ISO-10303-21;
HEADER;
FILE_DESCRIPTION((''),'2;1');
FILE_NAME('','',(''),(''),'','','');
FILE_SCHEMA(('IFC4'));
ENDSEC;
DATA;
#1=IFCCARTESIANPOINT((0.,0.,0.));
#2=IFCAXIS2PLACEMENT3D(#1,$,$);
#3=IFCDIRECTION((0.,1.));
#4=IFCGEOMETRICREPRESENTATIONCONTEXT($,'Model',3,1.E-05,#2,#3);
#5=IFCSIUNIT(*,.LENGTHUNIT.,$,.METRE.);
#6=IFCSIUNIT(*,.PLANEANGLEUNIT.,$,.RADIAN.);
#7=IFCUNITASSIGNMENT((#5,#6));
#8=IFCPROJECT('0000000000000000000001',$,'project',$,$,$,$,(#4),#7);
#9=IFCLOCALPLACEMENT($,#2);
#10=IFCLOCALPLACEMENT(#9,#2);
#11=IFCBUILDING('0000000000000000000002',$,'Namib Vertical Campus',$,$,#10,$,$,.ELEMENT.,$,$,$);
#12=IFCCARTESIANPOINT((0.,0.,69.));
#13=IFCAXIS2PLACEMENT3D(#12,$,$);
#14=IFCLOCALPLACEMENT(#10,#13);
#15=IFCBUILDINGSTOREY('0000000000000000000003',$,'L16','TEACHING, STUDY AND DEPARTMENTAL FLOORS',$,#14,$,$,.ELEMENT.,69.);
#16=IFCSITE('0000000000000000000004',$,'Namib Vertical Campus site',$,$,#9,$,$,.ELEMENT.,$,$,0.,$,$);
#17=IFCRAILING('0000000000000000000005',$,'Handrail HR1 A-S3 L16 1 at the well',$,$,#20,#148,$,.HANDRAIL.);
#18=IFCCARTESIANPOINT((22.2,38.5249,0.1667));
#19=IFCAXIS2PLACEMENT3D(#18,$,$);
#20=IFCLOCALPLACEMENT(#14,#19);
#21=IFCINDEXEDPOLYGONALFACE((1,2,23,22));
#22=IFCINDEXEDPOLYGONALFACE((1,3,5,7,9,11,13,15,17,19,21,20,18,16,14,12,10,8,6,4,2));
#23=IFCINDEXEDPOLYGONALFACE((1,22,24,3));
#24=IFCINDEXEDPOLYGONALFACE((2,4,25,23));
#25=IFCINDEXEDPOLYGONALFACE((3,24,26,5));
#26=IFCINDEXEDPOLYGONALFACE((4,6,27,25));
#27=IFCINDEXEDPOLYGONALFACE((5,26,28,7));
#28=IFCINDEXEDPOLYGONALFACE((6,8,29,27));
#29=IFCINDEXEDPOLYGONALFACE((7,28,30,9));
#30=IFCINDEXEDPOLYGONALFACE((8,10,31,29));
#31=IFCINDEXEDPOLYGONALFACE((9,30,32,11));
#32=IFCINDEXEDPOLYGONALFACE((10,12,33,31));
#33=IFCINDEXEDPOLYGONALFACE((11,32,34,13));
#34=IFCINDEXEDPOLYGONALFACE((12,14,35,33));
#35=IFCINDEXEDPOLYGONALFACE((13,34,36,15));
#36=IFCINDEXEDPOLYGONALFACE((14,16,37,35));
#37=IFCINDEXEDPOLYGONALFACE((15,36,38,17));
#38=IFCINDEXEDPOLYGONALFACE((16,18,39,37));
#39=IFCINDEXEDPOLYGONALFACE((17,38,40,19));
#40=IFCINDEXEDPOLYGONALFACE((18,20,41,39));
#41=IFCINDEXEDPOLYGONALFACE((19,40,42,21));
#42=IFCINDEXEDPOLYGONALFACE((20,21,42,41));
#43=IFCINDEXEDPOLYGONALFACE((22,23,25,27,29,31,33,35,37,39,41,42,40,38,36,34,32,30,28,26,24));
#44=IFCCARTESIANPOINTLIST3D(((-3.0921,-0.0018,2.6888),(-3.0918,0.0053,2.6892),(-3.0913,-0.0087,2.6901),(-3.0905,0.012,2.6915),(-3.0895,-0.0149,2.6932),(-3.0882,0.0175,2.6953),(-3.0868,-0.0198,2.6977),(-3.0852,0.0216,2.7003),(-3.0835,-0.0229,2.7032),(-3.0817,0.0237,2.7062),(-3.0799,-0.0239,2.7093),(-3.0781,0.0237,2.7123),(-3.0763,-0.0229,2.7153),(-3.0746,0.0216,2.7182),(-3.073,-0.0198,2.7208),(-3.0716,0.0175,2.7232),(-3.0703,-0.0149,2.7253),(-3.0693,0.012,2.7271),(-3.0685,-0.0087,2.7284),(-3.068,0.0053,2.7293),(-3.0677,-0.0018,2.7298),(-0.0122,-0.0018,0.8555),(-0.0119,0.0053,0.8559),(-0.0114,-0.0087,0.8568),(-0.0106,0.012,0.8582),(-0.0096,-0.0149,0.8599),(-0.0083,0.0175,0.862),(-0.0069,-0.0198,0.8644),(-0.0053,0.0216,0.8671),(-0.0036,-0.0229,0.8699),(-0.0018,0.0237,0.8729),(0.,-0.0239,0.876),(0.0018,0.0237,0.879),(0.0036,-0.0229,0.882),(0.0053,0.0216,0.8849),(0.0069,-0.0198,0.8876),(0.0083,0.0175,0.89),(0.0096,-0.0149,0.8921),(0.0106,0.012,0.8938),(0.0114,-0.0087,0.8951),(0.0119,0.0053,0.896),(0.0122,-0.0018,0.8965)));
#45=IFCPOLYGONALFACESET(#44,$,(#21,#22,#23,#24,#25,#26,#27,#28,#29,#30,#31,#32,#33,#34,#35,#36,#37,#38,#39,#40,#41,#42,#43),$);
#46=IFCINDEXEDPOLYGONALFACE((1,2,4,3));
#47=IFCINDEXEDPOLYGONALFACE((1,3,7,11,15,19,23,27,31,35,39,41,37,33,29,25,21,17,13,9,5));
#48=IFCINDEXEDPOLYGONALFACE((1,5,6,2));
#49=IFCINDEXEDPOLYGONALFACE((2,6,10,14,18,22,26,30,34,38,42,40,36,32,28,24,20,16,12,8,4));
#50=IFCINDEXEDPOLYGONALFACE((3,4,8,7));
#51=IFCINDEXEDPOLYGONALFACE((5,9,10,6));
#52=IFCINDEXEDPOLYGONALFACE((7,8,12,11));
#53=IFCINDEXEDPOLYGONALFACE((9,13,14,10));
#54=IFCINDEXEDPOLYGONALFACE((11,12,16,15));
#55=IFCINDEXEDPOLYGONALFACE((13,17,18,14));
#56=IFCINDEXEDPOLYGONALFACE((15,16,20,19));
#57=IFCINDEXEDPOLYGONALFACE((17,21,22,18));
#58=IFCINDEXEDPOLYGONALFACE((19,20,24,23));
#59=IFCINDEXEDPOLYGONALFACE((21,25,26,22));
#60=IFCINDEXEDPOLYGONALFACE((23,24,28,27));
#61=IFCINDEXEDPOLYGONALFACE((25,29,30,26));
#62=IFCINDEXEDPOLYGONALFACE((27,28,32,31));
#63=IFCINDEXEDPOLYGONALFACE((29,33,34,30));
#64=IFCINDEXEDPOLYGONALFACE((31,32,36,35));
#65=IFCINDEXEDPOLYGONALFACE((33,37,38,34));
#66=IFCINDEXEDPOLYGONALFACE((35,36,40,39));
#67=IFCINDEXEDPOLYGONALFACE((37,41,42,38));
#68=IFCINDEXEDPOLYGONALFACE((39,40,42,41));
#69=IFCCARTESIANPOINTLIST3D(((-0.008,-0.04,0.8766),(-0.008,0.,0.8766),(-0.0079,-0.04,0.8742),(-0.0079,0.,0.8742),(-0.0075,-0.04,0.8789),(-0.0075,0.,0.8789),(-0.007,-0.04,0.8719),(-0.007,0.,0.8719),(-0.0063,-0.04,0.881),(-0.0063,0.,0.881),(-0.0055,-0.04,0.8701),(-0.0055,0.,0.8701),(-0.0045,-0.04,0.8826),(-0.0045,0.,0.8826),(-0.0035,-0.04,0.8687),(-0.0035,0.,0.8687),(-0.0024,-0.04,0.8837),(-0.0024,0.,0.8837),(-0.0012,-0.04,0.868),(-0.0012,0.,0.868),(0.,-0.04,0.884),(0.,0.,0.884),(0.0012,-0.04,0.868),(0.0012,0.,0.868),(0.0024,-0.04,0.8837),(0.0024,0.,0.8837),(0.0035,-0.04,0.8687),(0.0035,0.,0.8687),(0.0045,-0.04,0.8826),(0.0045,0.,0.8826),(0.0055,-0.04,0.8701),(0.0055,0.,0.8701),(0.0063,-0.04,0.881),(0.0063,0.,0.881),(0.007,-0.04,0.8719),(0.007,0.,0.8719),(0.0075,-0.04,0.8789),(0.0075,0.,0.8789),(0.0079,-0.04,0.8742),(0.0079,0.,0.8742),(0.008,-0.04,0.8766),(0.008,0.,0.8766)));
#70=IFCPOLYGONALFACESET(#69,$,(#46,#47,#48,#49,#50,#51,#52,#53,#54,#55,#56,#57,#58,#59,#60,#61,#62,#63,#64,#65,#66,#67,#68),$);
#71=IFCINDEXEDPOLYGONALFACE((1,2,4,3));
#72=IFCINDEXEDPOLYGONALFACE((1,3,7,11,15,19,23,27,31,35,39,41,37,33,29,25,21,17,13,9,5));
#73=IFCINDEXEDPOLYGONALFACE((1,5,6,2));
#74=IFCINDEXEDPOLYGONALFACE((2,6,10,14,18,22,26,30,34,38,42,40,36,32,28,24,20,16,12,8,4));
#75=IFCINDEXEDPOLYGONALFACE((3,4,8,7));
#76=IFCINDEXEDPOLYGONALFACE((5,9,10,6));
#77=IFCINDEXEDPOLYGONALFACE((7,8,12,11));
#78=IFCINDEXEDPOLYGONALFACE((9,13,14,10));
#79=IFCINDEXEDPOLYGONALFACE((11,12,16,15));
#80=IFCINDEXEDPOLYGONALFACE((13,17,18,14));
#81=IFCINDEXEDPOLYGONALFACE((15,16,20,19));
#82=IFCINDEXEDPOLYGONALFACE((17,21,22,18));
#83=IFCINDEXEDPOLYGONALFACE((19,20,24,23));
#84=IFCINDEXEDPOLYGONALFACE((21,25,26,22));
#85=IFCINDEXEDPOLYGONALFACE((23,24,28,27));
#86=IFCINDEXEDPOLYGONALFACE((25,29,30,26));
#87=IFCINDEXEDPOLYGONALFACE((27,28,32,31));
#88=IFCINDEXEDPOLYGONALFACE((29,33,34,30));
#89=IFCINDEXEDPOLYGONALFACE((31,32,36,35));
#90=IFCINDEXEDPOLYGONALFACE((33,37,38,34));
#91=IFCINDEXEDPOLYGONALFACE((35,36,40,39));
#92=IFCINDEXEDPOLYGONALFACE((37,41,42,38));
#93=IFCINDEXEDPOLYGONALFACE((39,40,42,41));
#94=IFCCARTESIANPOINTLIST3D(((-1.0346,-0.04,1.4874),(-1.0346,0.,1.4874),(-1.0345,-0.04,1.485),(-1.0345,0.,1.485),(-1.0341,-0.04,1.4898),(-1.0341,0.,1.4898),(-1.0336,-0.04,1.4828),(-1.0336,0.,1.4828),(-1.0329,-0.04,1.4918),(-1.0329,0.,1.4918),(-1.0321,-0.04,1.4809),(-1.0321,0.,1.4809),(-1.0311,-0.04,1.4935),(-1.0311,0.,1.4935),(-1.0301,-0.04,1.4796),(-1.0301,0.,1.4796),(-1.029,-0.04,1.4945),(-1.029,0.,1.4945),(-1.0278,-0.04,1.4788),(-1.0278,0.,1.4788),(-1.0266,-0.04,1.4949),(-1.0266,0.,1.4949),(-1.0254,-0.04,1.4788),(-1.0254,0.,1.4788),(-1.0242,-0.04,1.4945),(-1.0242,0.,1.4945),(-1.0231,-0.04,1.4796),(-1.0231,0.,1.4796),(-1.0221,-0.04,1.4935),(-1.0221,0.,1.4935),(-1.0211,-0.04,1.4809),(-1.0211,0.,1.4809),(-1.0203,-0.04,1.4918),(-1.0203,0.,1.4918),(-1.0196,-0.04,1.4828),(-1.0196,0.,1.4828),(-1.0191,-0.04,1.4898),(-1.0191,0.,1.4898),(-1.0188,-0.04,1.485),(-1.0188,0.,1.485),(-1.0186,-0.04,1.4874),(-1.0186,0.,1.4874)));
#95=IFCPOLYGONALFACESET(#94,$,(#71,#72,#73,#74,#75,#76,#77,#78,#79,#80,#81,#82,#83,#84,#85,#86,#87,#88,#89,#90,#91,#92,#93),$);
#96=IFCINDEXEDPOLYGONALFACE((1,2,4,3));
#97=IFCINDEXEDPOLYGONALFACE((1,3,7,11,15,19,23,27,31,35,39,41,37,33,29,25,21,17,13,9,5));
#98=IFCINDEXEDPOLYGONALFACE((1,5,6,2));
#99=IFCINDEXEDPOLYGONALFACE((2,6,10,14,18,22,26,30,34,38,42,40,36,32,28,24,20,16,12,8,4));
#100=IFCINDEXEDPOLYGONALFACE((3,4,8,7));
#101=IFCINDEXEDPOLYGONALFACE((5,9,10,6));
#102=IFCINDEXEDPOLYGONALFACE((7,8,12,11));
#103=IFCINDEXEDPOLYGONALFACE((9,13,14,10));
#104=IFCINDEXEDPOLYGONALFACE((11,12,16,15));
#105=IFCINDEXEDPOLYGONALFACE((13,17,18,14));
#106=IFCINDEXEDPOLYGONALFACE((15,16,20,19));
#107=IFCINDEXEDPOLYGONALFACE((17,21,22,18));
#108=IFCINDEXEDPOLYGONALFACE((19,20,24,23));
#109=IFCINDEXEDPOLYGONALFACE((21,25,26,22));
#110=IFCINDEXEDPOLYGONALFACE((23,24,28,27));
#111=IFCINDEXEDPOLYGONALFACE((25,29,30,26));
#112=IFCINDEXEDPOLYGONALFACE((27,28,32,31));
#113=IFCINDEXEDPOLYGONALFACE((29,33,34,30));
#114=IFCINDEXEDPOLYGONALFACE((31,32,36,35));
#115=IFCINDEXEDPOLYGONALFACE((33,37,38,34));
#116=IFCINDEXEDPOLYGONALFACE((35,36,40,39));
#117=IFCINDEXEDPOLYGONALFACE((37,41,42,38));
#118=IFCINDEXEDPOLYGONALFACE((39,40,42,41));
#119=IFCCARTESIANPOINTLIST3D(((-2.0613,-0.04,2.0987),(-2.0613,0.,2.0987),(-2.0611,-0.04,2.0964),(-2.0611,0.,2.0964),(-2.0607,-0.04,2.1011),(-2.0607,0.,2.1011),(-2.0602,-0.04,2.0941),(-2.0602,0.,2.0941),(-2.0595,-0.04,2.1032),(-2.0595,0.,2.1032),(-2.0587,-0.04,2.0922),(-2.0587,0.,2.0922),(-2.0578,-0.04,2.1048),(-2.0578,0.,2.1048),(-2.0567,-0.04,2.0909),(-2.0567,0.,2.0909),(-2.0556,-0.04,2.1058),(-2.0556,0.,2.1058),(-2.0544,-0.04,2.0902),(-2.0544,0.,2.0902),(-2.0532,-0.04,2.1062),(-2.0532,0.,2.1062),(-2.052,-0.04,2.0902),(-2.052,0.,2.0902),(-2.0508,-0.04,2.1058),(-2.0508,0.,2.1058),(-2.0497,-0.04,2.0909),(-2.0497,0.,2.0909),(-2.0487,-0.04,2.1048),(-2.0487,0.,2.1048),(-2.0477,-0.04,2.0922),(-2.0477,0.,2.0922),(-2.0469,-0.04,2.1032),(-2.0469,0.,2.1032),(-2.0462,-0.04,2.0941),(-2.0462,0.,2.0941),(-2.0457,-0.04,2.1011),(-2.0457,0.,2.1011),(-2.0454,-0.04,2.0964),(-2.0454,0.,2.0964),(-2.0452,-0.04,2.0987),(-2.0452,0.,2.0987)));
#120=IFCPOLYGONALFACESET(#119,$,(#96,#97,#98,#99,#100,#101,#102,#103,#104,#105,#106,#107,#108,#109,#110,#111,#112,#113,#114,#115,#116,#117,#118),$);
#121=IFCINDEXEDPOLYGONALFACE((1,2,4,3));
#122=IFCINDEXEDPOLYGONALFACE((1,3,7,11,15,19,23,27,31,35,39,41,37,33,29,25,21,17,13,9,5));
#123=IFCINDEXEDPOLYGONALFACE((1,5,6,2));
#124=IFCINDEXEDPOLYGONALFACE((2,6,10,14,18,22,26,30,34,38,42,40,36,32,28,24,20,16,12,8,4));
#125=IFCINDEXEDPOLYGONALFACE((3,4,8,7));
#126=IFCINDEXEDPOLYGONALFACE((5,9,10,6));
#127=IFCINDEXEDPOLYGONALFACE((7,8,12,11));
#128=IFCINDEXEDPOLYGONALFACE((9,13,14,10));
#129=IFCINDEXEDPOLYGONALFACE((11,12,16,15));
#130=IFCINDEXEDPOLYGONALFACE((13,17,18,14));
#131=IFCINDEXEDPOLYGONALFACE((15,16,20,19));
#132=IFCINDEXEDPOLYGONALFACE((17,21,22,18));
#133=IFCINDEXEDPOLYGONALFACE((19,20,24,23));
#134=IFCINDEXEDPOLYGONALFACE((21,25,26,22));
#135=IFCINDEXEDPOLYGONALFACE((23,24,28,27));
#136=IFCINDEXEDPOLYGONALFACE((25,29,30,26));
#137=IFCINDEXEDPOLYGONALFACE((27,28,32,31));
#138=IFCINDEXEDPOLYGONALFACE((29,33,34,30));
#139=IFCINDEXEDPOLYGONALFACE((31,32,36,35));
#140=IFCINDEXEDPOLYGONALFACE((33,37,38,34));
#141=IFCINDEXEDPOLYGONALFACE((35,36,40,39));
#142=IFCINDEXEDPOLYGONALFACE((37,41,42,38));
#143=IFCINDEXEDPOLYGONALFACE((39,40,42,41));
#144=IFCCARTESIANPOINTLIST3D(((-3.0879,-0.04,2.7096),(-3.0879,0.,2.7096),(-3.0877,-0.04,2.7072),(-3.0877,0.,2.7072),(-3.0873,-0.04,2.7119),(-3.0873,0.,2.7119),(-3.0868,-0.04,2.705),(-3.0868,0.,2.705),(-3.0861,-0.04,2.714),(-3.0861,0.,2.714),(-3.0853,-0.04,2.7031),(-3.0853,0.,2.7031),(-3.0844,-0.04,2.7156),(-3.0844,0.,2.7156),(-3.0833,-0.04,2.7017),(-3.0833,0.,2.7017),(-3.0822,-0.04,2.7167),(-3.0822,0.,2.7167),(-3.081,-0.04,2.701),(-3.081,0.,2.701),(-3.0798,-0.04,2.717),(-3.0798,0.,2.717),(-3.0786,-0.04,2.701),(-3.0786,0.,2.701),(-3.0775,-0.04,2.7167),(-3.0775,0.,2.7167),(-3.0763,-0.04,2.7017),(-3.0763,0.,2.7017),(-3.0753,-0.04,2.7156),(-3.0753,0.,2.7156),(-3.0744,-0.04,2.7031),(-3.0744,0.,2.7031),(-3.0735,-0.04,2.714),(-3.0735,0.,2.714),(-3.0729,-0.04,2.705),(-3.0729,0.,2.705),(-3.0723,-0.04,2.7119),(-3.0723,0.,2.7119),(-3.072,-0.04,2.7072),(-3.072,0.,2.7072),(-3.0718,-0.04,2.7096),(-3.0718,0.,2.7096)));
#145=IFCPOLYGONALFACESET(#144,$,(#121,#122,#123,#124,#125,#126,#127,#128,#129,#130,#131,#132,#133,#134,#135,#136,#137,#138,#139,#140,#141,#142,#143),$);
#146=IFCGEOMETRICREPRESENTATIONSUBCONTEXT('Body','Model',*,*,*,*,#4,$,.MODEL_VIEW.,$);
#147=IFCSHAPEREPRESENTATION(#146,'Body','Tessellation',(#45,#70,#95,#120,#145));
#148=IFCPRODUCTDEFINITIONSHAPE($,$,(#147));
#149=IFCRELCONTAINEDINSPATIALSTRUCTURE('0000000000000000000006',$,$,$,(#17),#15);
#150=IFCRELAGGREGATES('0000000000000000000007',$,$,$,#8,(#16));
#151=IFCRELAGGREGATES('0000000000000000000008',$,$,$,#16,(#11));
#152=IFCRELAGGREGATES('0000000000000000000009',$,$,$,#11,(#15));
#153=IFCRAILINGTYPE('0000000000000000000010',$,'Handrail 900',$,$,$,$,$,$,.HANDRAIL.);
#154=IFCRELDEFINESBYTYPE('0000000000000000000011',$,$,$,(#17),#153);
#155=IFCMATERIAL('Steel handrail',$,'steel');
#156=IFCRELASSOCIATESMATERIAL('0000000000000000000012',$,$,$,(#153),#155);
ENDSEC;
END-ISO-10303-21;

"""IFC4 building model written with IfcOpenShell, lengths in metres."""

from ifc_helpers import new_model, si_unit, direction, frame, origin, origin_2d, place, context, subcontext, project, spatial, circle, extrude, material, type_object, element, save


model = new_model("IFC4")

# Units and contexts
model_context = context("Model", 3, precision=1e-05, world=origin(), true_north=direction((0.0, 1.0)))
body_context = subcontext(model_context, "Body", "Model", "MODEL_VIEW")
ifc_project = project(units=[si_unit("LENGTHUNIT", "METRE"), si_unit("PLANEANGLEUNIT", "RADIAN")], contexts=[model_context])

# Site, building, storey
site_placement = place(None, origin())
site = spatial("IfcSite", under=ifc_project, at=site_placement, Name="Namib Vertical Campus site", CompositionType="ELEMENT", RefElevation=0.0)
building_placement = place(site_placement, origin())
building = spatial("IfcBuilding", under=site, at=building_placement, Name="Namib Vertical Campus", CompositionType="ELEMENT")
storey_placement = place(building_placement, frame((0.0, 0.0, 69.0)))
storey = spatial("IfcBuildingStorey", under=building, at=storey_placement, Name="L16", Description="TEACHING, STUDY AND DEPARTMENTAL FLOORS", CompositionType="ELEMENT", Elevation=69.0)

# Railing
ifc_material_1 = material(Name="Steel handrail", Category="steel")
railing_type_1 = type_object("IfcRailingType", Name="Handrail 900", PredefinedType="HANDRAIL", material=ifc_material_1)
railing_1_placement = place(storey_placement, frame((22.2, 38.5249, 0.1667)))
element("IfcRailing", 1, at=railing_1_placement, inside=storey, type_object=railing_type_1, Name="Handrail HR1 A-S3 L16 1 at the well", PredefinedType="HANDRAIL", context=body_context, shape_type="SweptSolid", body=[
    extrude(circle(Radius=0.0239, at=origin_2d()), frame((0.0, 0.0, 0.876), z_axis=(-0.859291, 0.0, 0.511487), x_axis=(0.0, -1.0, 0.0)), (0.0, 0.0, 1.0), 3.5842),
    extrude(circle(Radius=0.0081, at=origin_2d()), frame((0.0, 0.0, 0.876), z_axis=(0.0, -1.0, 0.0), x_axis=(0.0, 0.0, 1.0)), (0.0, 0.0, 1.0), 0.04),
    extrude(circle(Radius=0.0081, at=origin_2d()), frame((-1.0266, 0.0, 1.4868), z_axis=(0.0, -1.0, 0.0), x_axis=(0.0, 0.0, 1.0)), (0.0, 0.0, 1.0), 0.04),
    extrude(circle(Radius=0.0081, at=origin_2d()), frame((-2.0532, 0.0, 2.0981), z_axis=(0.0, -1.0, 0.0), x_axis=(0.0, 0.0, 1.0)), (0.0, 0.0, 1.0), 0.04),
    extrude(circle(Radius=0.0081, at=origin_2d()), frame((-3.0798, 0.0, 2.709), z_axis=(0.0, -1.0, 0.0), x_axis=(0.0, 0.0, 1.0)), (0.0, 0.0, 1.0), 0.04),
])

save(model, "model.ifc")
